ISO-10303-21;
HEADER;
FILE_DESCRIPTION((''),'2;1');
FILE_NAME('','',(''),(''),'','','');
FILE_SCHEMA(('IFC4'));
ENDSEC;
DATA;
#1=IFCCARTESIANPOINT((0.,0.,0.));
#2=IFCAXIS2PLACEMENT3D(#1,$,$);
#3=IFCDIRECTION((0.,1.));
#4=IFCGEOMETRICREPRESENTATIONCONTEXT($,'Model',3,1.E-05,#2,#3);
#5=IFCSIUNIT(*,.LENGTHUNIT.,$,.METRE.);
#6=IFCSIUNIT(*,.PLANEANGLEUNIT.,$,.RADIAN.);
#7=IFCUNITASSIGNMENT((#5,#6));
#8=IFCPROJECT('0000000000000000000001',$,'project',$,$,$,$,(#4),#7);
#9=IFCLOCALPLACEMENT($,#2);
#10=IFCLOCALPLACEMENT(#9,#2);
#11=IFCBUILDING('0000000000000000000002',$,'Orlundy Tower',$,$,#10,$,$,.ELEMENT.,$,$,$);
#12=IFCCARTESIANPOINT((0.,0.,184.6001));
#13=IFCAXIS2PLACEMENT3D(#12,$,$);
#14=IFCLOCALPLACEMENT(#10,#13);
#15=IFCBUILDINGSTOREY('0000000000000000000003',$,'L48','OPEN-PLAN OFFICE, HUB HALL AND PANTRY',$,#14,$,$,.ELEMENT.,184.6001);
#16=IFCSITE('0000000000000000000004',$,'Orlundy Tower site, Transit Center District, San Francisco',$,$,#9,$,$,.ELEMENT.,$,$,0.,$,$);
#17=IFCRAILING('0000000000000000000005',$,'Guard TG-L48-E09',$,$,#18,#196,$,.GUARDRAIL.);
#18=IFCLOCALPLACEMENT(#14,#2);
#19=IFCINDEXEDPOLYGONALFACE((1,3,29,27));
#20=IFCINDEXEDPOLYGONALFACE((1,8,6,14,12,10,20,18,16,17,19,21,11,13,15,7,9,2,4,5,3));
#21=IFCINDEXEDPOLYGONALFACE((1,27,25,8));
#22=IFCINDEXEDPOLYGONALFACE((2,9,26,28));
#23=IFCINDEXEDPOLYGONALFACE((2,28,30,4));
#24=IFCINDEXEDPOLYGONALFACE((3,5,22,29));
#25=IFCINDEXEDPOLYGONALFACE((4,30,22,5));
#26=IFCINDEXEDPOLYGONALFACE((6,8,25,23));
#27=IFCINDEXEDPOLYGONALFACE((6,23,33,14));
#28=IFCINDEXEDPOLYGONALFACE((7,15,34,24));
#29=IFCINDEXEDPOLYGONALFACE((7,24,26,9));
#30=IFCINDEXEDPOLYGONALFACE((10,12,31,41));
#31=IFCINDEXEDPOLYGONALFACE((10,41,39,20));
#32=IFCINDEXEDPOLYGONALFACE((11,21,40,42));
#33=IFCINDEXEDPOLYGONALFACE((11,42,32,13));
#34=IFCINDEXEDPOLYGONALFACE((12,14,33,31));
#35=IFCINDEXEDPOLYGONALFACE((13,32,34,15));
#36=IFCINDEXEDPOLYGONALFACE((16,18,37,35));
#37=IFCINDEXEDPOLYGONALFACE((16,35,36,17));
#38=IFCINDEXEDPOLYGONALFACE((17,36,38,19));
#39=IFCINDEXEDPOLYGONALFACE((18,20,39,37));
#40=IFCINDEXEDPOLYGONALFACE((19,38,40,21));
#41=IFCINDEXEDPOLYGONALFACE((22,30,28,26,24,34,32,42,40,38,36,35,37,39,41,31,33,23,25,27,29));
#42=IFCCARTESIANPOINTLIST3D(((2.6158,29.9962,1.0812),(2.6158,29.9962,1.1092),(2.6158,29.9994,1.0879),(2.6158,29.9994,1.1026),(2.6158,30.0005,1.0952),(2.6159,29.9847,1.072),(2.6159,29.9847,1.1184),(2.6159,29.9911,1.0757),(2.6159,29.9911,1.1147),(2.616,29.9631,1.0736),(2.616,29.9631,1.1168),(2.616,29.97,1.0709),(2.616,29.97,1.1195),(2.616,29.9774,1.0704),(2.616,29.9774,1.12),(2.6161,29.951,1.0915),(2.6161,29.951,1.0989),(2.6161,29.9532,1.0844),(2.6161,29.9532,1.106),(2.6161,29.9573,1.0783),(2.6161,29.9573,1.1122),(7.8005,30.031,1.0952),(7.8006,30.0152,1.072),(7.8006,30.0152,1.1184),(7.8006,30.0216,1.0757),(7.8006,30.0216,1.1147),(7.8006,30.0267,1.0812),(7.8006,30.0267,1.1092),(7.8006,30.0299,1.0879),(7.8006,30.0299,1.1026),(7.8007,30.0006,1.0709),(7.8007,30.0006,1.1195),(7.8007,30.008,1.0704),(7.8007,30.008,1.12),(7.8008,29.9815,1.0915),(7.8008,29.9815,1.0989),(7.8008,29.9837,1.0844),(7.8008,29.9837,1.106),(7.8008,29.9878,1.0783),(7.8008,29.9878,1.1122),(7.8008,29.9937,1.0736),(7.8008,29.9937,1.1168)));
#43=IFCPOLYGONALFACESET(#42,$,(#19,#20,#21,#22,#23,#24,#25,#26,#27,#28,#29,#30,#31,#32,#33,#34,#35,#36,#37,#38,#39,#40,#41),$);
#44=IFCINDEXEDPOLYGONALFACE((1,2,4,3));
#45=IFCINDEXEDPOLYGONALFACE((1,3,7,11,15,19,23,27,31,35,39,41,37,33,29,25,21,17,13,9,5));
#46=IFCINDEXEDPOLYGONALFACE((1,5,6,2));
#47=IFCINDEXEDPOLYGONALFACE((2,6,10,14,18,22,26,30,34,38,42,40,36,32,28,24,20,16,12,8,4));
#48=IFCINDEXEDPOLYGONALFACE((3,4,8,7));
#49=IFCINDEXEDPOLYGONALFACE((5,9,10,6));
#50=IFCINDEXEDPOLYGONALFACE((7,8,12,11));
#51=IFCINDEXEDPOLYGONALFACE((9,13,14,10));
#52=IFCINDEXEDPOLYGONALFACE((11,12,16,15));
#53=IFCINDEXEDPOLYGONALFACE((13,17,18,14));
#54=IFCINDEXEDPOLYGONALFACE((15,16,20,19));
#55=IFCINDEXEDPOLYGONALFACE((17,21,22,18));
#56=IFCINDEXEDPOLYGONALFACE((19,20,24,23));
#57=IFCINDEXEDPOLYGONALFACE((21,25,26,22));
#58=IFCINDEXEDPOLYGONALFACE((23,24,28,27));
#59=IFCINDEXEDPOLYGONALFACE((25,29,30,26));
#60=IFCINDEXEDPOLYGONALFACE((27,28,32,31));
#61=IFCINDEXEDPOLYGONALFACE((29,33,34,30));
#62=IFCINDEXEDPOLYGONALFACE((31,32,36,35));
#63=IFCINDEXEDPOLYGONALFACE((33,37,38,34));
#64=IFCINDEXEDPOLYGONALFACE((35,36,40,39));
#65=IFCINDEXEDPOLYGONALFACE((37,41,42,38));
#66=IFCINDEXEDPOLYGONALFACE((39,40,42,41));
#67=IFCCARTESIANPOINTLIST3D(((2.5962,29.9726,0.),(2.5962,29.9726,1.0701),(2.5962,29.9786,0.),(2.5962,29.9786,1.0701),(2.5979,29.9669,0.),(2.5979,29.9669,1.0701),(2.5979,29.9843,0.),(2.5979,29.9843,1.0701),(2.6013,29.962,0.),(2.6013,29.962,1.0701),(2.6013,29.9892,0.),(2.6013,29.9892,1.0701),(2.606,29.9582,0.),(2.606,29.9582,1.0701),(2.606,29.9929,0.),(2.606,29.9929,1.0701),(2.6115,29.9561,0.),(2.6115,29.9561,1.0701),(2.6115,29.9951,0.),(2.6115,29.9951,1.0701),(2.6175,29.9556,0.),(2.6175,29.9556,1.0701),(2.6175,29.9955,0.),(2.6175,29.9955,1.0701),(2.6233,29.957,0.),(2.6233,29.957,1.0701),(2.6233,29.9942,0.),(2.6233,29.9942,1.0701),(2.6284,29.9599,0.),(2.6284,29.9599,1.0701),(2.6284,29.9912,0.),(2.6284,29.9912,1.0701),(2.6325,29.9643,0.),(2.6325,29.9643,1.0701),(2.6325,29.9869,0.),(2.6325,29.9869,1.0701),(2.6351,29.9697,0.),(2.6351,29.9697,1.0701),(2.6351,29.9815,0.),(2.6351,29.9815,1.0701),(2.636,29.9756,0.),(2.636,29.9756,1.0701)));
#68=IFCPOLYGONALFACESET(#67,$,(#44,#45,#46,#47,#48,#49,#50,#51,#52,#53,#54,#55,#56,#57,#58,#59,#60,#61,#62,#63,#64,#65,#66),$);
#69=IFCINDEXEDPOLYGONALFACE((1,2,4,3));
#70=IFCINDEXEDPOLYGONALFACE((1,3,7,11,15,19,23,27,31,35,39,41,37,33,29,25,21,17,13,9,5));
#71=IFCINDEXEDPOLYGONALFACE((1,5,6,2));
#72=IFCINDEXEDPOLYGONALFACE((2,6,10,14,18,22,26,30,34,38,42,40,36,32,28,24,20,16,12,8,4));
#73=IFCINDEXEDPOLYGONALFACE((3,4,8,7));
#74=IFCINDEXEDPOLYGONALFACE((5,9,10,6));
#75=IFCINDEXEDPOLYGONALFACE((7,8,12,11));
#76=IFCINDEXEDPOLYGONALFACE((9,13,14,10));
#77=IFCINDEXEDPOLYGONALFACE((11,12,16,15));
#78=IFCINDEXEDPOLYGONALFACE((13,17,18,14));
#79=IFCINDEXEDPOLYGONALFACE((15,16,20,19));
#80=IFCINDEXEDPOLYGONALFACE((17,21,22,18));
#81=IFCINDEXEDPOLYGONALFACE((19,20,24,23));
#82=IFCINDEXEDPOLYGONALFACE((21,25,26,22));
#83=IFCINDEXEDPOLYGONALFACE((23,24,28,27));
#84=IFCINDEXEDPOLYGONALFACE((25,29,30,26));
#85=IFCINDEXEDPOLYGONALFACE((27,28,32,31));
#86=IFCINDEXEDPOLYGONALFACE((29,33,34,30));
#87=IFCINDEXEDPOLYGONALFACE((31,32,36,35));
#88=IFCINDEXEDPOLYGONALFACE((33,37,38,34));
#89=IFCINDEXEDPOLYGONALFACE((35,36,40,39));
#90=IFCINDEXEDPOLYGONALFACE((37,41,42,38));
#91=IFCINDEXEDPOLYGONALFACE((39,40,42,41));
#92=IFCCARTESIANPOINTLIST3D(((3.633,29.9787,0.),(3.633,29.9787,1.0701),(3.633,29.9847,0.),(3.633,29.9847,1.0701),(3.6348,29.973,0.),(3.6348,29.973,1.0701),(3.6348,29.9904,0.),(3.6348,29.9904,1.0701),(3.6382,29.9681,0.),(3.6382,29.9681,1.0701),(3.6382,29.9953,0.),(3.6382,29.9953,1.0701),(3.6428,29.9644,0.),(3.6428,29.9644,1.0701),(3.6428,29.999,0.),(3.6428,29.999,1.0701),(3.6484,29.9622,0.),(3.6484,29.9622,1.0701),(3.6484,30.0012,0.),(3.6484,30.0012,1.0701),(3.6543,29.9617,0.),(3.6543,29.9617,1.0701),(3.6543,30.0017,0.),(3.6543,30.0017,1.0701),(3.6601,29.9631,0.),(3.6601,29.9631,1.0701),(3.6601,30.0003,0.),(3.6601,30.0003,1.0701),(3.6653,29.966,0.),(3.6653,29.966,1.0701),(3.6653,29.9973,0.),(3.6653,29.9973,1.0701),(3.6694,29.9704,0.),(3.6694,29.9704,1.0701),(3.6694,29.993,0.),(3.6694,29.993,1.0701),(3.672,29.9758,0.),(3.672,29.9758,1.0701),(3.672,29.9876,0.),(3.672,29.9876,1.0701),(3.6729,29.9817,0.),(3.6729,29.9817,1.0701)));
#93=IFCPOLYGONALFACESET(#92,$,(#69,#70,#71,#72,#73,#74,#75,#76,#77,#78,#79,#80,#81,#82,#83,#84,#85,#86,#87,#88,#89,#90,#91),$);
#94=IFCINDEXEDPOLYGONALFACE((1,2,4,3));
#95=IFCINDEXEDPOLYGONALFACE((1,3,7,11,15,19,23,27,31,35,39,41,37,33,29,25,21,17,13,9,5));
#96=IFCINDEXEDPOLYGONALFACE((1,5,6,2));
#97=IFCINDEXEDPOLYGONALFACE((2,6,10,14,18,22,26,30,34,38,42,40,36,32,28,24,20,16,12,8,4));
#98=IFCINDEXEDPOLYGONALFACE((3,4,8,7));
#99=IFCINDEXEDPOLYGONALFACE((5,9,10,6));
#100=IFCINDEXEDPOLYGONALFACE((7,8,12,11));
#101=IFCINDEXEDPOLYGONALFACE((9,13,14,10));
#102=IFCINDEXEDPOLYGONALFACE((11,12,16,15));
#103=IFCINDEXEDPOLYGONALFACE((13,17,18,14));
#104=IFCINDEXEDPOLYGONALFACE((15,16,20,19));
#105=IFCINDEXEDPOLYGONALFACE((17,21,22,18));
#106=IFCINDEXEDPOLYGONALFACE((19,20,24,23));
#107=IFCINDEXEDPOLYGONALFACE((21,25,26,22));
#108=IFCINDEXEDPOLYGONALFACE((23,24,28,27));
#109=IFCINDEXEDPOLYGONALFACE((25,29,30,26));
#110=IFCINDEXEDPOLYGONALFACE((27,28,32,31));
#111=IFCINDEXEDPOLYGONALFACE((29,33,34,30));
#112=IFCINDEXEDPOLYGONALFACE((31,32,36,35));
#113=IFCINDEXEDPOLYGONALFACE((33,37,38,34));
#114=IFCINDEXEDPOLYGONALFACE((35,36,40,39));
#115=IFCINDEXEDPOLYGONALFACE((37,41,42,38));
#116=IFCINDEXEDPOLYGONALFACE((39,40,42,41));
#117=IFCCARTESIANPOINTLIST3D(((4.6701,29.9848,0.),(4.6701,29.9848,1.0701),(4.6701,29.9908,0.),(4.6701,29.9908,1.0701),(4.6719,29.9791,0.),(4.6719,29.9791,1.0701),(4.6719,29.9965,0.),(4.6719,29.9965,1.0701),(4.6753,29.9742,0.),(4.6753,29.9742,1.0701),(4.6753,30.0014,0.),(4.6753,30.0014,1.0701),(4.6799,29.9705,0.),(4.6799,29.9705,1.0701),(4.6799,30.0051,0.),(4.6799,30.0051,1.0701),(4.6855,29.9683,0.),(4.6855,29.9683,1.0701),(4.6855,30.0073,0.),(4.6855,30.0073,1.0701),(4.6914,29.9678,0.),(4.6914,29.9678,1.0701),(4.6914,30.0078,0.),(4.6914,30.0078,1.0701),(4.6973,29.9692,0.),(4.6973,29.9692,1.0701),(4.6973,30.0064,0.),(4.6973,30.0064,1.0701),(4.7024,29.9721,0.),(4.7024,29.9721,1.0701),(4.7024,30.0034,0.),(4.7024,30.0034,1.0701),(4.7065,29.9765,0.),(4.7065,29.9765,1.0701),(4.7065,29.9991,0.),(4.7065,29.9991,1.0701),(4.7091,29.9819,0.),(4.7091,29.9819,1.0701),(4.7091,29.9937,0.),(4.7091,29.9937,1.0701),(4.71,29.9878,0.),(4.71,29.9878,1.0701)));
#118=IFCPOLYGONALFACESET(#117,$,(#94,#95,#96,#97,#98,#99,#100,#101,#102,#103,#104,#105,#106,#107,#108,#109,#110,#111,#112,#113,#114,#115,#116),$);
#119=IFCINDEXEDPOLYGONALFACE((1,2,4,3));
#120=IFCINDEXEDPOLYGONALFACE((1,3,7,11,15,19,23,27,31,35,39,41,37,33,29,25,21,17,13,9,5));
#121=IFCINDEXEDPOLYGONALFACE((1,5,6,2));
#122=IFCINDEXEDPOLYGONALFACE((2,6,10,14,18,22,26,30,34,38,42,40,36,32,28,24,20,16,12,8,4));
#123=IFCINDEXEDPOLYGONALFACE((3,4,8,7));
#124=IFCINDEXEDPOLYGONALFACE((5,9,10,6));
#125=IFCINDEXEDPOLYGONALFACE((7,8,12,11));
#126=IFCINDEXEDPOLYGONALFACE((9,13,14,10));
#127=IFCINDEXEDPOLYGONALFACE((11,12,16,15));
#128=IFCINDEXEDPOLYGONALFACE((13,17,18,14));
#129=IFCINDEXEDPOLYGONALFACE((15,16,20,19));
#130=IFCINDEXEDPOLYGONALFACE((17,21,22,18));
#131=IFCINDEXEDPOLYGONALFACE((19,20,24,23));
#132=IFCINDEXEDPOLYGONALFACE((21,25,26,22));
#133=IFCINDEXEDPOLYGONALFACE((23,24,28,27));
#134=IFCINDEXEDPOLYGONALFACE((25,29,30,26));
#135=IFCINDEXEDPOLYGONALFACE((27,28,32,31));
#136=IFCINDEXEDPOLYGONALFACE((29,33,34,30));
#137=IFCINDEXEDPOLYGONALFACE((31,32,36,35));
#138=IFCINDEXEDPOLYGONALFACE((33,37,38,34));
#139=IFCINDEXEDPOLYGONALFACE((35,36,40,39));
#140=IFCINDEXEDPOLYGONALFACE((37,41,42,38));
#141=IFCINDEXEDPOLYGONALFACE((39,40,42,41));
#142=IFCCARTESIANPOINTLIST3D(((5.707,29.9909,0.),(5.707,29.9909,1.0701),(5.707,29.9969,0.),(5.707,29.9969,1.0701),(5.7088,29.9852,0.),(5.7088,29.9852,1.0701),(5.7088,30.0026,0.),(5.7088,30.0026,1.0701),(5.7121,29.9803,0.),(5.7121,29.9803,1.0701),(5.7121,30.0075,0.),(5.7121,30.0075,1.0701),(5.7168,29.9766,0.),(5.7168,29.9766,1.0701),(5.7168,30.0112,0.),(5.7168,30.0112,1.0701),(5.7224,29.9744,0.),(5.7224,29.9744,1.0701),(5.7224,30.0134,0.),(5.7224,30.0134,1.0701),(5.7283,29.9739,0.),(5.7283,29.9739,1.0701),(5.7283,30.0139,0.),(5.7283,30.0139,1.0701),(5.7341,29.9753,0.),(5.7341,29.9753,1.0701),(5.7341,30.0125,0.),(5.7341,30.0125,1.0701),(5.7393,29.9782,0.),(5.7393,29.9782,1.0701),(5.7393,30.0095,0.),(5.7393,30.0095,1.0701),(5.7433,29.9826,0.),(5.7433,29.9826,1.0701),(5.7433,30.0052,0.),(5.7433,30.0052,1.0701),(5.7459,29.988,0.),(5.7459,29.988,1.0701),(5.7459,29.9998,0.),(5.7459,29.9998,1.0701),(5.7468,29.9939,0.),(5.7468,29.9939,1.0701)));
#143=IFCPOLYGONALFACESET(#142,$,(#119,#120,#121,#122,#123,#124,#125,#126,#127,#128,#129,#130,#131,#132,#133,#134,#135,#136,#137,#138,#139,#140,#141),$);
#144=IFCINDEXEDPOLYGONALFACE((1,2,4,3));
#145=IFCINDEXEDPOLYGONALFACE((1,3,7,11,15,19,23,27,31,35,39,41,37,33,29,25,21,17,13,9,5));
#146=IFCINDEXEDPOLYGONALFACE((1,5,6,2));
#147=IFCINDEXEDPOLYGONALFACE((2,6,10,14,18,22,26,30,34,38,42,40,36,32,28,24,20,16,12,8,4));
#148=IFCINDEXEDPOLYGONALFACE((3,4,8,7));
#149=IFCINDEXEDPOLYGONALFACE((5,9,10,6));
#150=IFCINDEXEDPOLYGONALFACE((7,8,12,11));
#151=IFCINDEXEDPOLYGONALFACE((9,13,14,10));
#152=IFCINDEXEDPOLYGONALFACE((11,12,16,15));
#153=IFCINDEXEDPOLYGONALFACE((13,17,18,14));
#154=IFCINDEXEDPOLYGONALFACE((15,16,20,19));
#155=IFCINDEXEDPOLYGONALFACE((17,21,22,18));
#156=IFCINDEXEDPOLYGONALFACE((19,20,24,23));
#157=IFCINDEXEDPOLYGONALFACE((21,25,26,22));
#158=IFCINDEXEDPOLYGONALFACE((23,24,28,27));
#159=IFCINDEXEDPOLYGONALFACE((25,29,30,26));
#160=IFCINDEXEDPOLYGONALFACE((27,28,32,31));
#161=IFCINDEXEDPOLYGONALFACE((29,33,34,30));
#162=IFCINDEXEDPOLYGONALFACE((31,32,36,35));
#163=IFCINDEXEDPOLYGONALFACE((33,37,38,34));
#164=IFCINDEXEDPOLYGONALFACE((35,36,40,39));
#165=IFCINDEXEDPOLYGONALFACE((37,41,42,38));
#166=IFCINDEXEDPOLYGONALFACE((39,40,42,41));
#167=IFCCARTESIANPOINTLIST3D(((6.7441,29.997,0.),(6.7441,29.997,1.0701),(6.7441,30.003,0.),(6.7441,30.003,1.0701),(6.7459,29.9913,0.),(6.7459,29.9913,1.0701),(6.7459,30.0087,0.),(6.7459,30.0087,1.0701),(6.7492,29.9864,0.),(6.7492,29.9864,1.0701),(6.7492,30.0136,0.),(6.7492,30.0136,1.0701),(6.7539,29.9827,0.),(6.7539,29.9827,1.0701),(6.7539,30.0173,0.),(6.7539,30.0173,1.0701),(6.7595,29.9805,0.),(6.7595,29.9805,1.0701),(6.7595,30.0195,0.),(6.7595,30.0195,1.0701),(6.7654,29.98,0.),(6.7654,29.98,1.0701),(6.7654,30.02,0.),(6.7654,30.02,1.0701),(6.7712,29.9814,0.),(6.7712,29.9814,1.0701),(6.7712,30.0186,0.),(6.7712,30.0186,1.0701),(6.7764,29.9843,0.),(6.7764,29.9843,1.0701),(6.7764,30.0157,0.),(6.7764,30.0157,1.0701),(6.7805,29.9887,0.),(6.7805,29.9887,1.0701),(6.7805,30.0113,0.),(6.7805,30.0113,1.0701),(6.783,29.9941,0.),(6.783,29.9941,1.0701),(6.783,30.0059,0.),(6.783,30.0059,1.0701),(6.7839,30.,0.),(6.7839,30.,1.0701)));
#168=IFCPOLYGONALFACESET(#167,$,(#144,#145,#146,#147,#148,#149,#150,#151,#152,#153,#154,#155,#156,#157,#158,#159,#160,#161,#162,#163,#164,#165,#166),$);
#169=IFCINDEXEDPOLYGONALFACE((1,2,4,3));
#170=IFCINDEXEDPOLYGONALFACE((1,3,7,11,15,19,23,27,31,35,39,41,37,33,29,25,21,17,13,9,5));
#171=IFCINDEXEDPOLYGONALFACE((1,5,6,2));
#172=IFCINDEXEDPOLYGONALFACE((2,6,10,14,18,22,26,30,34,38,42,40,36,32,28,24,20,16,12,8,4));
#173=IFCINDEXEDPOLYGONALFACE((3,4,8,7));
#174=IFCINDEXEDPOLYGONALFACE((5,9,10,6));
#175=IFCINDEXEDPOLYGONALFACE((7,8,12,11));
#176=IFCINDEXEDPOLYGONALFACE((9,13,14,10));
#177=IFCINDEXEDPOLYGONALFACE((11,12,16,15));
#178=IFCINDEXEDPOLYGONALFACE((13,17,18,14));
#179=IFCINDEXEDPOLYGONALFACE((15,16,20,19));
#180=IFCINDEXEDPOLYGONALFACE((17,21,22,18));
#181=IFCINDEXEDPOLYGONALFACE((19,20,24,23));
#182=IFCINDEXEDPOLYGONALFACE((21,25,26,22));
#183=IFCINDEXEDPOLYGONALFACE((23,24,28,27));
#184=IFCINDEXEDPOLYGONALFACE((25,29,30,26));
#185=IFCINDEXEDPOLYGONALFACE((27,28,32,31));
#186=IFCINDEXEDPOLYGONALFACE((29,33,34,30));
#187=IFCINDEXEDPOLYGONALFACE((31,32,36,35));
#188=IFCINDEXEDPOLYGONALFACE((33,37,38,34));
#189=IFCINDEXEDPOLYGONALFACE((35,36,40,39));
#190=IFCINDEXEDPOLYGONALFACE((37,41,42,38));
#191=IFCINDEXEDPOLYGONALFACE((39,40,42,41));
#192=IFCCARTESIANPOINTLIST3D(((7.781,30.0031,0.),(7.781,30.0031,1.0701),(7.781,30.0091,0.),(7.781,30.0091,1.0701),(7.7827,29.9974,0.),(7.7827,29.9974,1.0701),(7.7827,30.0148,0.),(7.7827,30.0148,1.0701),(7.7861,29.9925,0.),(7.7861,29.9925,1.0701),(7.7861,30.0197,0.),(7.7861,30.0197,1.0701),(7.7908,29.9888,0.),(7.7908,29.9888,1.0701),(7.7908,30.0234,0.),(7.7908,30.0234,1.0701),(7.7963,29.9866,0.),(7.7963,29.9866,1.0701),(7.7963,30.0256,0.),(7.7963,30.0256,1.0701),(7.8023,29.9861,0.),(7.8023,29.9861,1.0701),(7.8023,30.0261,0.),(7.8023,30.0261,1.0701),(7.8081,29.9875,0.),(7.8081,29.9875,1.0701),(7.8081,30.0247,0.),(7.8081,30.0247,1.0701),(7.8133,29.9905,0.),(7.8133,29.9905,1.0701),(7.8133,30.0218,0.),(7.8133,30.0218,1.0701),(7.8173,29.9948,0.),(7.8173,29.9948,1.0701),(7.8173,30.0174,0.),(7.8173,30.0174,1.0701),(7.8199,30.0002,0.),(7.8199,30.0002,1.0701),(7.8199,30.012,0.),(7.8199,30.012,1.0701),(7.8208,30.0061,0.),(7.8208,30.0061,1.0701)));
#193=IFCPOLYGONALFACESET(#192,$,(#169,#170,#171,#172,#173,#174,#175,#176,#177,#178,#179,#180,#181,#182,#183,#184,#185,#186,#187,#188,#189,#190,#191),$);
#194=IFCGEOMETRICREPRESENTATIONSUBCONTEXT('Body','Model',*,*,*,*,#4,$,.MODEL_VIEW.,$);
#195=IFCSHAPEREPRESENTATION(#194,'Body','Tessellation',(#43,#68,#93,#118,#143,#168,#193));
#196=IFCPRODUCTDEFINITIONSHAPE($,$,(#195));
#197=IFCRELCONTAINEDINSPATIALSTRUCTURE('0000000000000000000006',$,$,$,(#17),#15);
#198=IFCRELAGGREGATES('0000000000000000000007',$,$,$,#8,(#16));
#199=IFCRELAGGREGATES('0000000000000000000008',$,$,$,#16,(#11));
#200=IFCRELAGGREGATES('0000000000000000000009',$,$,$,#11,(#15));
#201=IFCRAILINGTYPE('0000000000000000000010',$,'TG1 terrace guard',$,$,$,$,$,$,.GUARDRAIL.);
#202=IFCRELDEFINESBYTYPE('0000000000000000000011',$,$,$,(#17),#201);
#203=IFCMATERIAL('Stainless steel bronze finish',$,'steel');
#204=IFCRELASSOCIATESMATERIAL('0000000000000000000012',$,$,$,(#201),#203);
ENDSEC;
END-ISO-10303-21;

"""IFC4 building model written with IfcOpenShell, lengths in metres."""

from ifc_helpers import new_model, si_unit, direction, frame, origin, origin_2d, place, context, subcontext, project, spatial, circle, extrude, material, type_object, element, save


model = new_model("IFC4")

# Units and contexts
model_context = context("Model", 3, precision=1e-05, world=origin(), true_north=direction((0.0, 1.0)))
body_context = subcontext(model_context, "Body", "Model", "MODEL_VIEW")
ifc_project = project(units=[si_unit("LENGTHUNIT", "METRE"), si_unit("PLANEANGLEUNIT", "RADIAN")], contexts=[model_context])

# Site, building, storey
site_placement = place(None, origin())
site = spatial("IfcSite", under=ifc_project, at=site_placement, Name="Orlundy Tower site, Transit Center District, San Francisco", CompositionType="ELEMENT", RefElevation=0.0)
building_placement = place(site_placement, origin())
building = spatial("IfcBuilding", under=site, at=building_placement, Name="Orlundy Tower", CompositionType="ELEMENT")
storey_placement = place(building_placement, frame((0.0, 0.0, 184.6001)))
storey = spatial("IfcBuildingStorey", under=building, at=storey_placement, Name="L48", Description="OPEN-PLAN OFFICE, HUB HALL AND PANTRY", CompositionType="ELEMENT", Elevation=184.6001)

# Railing
ifc_material_1 = material(Name="Stainless steel bronze finish", Category="steel")
railing_type_1 = type_object("IfcRailingType", Name="TG1 terrace guard", PredefinedType="GUARDRAIL", material=ifc_material_1)
railing_1_placement = place(storey_placement, frame((2.616, 29.9756, 0.0)))
element("IfcRailing", 1, at=railing_1_placement, inside=storey, type_object=railing_type_1, Name="Guard TG-L48-E09", PredefinedType="GUARDRAIL", context=body_context, shape_type="SweptSolid", body=[
    extrude(circle(Radius=0.0249, at=origin_2d()), frame((0.0, 0.0, 1.0952), z_axis=(0.999983, 0.005886, 0.0), x_axis=(-0.005886, 0.999983, 0.0)), (0.0, 0.0, 1.0), 5.1848),
    extrude(circle(Radius=0.02, at=origin_2d()), origin(), (0.0, 0.0, 1.0), 1.0701),
    extrude(circle(Radius=0.02, at=origin_2d()), frame((1.0369, 0.0061, 0.0)), (0.0, 0.0, 1.0), 1.0701),
    extrude(circle(Radius=0.02, at=origin_2d()), frame((2.074, 0.0122, 0.0)), (0.0, 0.0, 1.0), 1.0701),
    extrude(circle(Radius=0.02, at=origin_2d()), frame((3.1108, 0.0183, 0.0)), (0.0, 0.0, 1.0), 1.0701),
    extrude(circle(Radius=0.02, at=origin_2d()), frame((4.1479, 0.0244, 0.0)), (0.0, 0.0, 1.0), 1.0701),
    extrude(circle(Radius=0.02, at=origin_2d()), frame((5.1848, 0.0305, 0.0)), (0.0, 0.0, 1.0), 1.0701),
])

save(model, "model.ifc")
